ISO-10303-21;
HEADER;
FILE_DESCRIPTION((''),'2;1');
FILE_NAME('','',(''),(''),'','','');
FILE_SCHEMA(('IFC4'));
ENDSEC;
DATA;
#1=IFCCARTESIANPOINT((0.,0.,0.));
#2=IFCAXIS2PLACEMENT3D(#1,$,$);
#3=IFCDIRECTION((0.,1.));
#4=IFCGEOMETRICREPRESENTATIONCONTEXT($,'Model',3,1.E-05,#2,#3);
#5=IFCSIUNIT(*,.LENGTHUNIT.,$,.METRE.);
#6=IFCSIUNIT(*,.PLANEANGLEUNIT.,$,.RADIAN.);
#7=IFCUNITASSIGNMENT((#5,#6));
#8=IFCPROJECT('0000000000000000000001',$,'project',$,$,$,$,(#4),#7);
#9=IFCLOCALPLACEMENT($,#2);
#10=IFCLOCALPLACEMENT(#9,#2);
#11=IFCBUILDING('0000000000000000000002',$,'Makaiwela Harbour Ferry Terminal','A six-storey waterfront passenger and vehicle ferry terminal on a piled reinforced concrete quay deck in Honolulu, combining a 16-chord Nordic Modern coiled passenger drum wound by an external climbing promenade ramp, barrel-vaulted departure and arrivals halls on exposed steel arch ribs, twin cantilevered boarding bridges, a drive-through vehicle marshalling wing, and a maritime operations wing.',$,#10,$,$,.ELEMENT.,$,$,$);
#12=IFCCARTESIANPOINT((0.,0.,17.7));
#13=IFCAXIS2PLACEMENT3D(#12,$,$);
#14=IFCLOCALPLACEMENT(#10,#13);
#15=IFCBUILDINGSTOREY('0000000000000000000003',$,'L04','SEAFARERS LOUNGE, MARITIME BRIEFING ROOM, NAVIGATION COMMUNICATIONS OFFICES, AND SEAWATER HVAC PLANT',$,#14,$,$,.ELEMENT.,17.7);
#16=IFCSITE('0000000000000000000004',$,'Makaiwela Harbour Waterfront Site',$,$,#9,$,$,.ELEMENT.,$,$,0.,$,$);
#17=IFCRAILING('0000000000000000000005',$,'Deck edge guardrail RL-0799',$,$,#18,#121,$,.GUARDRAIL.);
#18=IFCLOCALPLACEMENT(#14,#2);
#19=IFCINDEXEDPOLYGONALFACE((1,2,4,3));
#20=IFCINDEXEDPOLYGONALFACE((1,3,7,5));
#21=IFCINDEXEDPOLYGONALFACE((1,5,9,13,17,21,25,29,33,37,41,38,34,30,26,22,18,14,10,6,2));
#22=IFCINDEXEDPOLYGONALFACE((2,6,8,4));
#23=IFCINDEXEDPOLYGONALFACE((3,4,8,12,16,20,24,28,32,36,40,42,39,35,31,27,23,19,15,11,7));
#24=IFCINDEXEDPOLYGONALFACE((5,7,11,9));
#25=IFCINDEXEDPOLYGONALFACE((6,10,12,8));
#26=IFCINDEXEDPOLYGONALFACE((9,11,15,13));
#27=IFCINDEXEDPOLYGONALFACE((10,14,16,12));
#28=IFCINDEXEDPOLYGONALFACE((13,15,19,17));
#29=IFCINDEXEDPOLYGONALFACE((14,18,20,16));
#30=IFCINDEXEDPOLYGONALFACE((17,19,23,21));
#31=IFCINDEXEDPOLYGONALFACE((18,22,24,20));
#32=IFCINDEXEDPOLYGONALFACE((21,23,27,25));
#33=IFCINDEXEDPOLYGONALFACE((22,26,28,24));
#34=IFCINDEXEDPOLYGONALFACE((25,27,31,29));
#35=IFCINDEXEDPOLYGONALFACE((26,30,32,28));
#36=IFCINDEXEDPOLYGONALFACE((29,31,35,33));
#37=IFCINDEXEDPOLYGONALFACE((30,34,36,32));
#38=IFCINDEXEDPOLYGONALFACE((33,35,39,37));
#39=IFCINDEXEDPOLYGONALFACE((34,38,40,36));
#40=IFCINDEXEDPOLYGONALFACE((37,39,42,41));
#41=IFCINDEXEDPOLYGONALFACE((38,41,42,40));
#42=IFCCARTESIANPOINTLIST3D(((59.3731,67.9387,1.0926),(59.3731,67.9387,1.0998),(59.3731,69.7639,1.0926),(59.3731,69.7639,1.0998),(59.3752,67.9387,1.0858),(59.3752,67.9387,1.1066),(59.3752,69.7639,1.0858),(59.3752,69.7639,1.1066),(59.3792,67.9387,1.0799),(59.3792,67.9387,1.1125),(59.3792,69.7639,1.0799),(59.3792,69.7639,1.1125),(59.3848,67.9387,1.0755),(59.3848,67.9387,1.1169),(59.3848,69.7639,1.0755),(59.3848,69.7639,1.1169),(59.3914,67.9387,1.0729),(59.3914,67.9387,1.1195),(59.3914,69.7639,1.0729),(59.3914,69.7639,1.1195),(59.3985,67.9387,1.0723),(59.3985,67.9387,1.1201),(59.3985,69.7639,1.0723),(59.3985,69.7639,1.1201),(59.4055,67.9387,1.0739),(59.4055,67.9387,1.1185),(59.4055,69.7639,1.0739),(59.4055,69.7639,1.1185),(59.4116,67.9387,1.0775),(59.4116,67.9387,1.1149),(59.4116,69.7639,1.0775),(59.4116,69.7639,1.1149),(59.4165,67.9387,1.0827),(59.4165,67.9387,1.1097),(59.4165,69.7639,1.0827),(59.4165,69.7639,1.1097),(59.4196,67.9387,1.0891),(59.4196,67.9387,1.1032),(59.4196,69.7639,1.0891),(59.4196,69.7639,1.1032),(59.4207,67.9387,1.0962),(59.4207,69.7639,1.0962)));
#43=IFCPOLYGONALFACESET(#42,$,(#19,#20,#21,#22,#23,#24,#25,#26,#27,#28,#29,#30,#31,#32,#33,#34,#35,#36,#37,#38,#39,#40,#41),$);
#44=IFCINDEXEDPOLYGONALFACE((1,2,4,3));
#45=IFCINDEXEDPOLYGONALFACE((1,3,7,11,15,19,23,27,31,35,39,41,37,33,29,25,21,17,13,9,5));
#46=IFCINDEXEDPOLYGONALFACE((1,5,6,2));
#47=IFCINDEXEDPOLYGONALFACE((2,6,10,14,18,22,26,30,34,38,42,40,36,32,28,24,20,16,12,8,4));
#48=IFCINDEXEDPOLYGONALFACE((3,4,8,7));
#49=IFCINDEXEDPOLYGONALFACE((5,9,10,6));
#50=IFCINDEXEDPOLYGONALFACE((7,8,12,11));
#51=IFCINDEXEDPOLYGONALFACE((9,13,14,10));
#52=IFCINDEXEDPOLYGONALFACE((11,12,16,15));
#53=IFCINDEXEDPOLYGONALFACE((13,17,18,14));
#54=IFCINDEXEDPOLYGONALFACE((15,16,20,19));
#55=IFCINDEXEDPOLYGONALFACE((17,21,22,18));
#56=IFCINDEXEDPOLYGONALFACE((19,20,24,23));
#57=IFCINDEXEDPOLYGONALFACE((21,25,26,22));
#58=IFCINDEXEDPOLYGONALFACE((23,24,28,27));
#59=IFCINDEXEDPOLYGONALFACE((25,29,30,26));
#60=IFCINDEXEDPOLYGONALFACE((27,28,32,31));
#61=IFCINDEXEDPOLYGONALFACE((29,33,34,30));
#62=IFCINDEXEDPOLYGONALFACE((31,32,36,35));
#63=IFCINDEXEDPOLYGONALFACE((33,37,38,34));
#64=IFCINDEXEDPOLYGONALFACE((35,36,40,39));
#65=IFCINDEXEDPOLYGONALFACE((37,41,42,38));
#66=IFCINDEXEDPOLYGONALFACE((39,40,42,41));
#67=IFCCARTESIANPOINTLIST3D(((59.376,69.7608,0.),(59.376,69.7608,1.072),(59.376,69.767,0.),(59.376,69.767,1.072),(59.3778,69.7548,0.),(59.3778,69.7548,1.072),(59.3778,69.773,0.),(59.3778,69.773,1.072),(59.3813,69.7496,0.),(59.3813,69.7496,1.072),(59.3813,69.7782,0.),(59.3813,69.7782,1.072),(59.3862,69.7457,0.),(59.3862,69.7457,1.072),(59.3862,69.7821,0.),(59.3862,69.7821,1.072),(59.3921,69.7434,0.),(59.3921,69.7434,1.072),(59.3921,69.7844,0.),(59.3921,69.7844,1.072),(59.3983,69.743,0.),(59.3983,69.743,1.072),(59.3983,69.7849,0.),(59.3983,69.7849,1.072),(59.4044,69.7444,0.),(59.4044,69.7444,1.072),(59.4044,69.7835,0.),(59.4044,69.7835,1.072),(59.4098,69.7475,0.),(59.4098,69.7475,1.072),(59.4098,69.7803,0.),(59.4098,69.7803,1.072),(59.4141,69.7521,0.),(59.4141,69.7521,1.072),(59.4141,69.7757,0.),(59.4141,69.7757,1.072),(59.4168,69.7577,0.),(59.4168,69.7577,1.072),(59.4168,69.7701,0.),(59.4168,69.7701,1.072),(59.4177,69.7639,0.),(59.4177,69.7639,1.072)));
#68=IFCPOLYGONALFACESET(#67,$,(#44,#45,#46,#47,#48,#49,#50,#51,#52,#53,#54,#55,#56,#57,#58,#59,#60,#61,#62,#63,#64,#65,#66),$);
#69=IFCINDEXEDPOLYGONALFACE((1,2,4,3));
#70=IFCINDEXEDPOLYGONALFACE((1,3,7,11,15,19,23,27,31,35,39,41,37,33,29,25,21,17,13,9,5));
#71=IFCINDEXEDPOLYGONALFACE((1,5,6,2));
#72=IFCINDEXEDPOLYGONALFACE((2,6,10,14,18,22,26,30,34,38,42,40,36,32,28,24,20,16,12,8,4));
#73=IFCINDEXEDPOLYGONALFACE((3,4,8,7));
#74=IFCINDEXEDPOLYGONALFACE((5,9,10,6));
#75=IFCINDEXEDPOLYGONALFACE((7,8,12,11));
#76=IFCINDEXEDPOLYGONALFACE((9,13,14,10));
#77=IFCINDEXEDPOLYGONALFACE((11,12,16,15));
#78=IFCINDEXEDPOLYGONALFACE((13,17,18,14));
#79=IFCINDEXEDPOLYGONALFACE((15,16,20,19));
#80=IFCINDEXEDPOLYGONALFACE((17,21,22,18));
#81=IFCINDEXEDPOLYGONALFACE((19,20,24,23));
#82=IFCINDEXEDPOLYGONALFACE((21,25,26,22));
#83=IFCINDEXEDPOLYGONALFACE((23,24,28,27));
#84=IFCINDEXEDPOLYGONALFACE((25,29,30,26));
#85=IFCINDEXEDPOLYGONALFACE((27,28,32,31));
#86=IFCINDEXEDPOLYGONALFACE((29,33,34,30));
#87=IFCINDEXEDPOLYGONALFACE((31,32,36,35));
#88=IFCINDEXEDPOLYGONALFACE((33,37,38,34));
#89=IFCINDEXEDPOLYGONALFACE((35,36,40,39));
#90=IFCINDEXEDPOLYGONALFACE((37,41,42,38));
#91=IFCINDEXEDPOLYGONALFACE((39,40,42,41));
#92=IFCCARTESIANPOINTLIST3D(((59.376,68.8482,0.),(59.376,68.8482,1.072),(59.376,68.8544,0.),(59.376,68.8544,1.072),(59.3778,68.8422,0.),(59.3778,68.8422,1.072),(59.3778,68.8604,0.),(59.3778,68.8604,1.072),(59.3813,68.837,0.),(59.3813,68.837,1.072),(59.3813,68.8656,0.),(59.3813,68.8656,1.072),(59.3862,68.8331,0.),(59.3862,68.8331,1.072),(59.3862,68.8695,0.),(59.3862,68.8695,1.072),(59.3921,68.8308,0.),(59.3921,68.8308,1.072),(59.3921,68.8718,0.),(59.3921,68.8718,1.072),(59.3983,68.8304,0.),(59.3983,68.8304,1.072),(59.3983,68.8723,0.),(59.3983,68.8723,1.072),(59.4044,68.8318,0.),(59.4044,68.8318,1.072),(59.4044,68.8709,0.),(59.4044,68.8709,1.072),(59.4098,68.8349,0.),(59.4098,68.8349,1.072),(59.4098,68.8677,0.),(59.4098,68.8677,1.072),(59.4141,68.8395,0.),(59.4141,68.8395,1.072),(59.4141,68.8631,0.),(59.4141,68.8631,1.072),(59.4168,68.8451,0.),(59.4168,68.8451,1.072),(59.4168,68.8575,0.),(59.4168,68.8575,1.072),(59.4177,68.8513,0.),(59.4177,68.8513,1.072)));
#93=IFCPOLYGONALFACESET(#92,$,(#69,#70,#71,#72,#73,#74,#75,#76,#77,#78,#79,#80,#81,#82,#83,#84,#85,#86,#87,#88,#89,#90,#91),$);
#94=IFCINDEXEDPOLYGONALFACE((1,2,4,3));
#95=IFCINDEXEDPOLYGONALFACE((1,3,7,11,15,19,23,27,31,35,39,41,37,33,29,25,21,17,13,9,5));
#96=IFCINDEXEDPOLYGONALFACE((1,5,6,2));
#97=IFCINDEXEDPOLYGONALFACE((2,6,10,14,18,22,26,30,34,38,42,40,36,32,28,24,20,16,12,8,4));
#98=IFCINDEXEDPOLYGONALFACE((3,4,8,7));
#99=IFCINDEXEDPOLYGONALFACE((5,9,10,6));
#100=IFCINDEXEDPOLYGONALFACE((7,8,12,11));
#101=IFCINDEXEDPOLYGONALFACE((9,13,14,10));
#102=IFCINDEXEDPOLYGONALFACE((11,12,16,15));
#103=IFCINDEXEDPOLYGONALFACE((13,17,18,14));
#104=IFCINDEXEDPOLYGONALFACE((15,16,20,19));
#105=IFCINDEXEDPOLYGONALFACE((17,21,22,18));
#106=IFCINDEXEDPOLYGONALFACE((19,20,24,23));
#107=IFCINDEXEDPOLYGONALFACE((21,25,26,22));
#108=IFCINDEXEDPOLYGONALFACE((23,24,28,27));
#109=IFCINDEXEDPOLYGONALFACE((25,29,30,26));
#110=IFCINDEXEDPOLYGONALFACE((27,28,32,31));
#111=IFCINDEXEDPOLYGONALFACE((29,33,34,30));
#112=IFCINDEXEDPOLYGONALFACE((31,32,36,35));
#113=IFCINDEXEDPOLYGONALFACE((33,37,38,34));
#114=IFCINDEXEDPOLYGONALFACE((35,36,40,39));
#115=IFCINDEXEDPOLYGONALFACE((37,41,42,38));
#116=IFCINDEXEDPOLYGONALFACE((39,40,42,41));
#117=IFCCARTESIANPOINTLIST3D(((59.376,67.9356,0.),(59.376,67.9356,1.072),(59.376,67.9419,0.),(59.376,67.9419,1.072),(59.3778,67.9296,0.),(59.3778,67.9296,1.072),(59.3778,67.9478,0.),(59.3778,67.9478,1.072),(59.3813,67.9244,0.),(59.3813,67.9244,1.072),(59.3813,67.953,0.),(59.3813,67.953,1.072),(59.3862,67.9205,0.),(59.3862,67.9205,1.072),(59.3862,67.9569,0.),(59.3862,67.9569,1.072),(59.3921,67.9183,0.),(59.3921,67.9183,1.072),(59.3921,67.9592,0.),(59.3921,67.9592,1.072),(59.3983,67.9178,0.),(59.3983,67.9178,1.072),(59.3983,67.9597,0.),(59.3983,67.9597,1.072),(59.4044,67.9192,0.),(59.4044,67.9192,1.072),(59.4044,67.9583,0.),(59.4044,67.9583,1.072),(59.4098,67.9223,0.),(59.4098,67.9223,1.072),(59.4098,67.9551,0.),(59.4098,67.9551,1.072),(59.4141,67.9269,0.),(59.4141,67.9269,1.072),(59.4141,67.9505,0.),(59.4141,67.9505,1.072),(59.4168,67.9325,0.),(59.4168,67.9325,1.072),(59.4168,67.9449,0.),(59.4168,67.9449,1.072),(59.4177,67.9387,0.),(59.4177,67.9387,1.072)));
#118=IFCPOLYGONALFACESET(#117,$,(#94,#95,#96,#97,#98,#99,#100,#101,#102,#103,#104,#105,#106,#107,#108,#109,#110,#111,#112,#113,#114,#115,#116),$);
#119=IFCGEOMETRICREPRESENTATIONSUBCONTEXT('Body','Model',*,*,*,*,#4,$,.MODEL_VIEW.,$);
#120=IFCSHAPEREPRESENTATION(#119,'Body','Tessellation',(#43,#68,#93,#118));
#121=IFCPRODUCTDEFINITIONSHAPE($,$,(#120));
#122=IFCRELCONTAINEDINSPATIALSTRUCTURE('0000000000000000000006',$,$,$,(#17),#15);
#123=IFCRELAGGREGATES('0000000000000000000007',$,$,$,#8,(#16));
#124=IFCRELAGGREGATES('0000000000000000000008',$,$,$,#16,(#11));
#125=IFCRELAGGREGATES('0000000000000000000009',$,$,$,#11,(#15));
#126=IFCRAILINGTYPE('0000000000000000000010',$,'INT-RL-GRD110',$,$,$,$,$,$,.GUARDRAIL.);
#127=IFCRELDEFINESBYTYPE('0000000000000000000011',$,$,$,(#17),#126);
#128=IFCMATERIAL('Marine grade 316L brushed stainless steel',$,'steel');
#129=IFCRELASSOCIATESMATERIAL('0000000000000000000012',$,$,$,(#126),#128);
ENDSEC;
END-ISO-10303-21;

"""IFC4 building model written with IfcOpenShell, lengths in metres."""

from ifc_helpers import new_model, si_unit, direction, frame, origin, origin_2d, place, context, subcontext, project, spatial, circle, extrude, material, type_object, element, save


model = new_model("IFC4")

# Units and contexts
model_context = context("Model", 3, precision=1e-05, world=origin(), true_north=direction((0.0, 1.0)))
body_context = subcontext(model_context, "Body", "Model", "MODEL_VIEW")
ifc_project = project(units=[si_unit("LENGTHUNIT", "METRE"), si_unit("PLANEANGLEUNIT", "RADIAN")], contexts=[model_context])

# Site, building, storey
site_placement = place(None, origin())
site = spatial("IfcSite", under=ifc_project, at=site_placement, Name="Makaiwela Harbour Waterfront Site", CompositionType="ELEMENT", RefElevation=0.0)
building_placement = place(site_placement, origin())
building = spatial("IfcBuilding", under=site, at=building_placement, Name="Makaiwela Harbour Ferry Terminal", Description="A six-storey waterfront passenger and vehicle ferry terminal on a piled reinforced concrete quay deck in Honolulu, combining a 16-chord Nordic Modern coiled passenger drum wound by an external climbing promenade ramp, barrel-vaulted departure and arrivals halls on exposed steel arch ribs, twin cantilevered boarding bridges, a drive-through vehicle marshalling wing, and a maritime operations wing.", CompositionType="ELEMENT")
storey_placement = place(building_placement, frame((0.0, 0.0, 17.7)))
storey = spatial("IfcBuildingStorey", under=building, at=storey_placement, Name="L04", Description="SEAFARERS LOUNGE, MARITIME BRIEFING ROOM, NAVIGATION COMMUNICATIONS OFFICES, AND SEAWATER HVAC PLANT", CompositionType="ELEMENT", Elevation=17.7)

# Railing
ifc_material_1 = material(Name="Marine grade 316L brushed stainless steel", Category="steel")
railing_type_1 = type_object("IfcRailingType", Name="INT-RL-GRD110", PredefinedType="GUARDRAIL", material=ifc_material_1)
railing_1_placement = place(storey_placement, frame((59.3967, 69.7639, 0.0)))
element("IfcRailing", 1, at=railing_1_placement, inside=storey, type_object=railing_type_1, Name="Deck edge guardrail RL-0799", PredefinedType="GUARDRAIL", context=body_context, shape_type="SweptSolid", body=[
    extrude(circle(Radius=0.0239, at=origin_2d()), frame((0.0, 0.0, 1.0962), z_axis=(0.0, -1.0, 0.0), x_axis=(1.0, 0.0, 0.0)), (0.0, 0.0, 1.0), 1.8252),
    extrude(circle(Radius=0.021, at=origin_2d()), origin(), (0.0, 0.0, 1.0), 1.072),
    extrude(circle(Radius=0.021, at=origin_2d()), frame((0.0, -0.9126, 0.0)), (0.0, 0.0, 1.0), 1.072),
    extrude(circle(Radius=0.021, at=origin_2d()), frame((0.0, -1.8252, 0.0)), (0.0, 0.0, 1.0), 1.072),
])

save(model, "model.ifc")
